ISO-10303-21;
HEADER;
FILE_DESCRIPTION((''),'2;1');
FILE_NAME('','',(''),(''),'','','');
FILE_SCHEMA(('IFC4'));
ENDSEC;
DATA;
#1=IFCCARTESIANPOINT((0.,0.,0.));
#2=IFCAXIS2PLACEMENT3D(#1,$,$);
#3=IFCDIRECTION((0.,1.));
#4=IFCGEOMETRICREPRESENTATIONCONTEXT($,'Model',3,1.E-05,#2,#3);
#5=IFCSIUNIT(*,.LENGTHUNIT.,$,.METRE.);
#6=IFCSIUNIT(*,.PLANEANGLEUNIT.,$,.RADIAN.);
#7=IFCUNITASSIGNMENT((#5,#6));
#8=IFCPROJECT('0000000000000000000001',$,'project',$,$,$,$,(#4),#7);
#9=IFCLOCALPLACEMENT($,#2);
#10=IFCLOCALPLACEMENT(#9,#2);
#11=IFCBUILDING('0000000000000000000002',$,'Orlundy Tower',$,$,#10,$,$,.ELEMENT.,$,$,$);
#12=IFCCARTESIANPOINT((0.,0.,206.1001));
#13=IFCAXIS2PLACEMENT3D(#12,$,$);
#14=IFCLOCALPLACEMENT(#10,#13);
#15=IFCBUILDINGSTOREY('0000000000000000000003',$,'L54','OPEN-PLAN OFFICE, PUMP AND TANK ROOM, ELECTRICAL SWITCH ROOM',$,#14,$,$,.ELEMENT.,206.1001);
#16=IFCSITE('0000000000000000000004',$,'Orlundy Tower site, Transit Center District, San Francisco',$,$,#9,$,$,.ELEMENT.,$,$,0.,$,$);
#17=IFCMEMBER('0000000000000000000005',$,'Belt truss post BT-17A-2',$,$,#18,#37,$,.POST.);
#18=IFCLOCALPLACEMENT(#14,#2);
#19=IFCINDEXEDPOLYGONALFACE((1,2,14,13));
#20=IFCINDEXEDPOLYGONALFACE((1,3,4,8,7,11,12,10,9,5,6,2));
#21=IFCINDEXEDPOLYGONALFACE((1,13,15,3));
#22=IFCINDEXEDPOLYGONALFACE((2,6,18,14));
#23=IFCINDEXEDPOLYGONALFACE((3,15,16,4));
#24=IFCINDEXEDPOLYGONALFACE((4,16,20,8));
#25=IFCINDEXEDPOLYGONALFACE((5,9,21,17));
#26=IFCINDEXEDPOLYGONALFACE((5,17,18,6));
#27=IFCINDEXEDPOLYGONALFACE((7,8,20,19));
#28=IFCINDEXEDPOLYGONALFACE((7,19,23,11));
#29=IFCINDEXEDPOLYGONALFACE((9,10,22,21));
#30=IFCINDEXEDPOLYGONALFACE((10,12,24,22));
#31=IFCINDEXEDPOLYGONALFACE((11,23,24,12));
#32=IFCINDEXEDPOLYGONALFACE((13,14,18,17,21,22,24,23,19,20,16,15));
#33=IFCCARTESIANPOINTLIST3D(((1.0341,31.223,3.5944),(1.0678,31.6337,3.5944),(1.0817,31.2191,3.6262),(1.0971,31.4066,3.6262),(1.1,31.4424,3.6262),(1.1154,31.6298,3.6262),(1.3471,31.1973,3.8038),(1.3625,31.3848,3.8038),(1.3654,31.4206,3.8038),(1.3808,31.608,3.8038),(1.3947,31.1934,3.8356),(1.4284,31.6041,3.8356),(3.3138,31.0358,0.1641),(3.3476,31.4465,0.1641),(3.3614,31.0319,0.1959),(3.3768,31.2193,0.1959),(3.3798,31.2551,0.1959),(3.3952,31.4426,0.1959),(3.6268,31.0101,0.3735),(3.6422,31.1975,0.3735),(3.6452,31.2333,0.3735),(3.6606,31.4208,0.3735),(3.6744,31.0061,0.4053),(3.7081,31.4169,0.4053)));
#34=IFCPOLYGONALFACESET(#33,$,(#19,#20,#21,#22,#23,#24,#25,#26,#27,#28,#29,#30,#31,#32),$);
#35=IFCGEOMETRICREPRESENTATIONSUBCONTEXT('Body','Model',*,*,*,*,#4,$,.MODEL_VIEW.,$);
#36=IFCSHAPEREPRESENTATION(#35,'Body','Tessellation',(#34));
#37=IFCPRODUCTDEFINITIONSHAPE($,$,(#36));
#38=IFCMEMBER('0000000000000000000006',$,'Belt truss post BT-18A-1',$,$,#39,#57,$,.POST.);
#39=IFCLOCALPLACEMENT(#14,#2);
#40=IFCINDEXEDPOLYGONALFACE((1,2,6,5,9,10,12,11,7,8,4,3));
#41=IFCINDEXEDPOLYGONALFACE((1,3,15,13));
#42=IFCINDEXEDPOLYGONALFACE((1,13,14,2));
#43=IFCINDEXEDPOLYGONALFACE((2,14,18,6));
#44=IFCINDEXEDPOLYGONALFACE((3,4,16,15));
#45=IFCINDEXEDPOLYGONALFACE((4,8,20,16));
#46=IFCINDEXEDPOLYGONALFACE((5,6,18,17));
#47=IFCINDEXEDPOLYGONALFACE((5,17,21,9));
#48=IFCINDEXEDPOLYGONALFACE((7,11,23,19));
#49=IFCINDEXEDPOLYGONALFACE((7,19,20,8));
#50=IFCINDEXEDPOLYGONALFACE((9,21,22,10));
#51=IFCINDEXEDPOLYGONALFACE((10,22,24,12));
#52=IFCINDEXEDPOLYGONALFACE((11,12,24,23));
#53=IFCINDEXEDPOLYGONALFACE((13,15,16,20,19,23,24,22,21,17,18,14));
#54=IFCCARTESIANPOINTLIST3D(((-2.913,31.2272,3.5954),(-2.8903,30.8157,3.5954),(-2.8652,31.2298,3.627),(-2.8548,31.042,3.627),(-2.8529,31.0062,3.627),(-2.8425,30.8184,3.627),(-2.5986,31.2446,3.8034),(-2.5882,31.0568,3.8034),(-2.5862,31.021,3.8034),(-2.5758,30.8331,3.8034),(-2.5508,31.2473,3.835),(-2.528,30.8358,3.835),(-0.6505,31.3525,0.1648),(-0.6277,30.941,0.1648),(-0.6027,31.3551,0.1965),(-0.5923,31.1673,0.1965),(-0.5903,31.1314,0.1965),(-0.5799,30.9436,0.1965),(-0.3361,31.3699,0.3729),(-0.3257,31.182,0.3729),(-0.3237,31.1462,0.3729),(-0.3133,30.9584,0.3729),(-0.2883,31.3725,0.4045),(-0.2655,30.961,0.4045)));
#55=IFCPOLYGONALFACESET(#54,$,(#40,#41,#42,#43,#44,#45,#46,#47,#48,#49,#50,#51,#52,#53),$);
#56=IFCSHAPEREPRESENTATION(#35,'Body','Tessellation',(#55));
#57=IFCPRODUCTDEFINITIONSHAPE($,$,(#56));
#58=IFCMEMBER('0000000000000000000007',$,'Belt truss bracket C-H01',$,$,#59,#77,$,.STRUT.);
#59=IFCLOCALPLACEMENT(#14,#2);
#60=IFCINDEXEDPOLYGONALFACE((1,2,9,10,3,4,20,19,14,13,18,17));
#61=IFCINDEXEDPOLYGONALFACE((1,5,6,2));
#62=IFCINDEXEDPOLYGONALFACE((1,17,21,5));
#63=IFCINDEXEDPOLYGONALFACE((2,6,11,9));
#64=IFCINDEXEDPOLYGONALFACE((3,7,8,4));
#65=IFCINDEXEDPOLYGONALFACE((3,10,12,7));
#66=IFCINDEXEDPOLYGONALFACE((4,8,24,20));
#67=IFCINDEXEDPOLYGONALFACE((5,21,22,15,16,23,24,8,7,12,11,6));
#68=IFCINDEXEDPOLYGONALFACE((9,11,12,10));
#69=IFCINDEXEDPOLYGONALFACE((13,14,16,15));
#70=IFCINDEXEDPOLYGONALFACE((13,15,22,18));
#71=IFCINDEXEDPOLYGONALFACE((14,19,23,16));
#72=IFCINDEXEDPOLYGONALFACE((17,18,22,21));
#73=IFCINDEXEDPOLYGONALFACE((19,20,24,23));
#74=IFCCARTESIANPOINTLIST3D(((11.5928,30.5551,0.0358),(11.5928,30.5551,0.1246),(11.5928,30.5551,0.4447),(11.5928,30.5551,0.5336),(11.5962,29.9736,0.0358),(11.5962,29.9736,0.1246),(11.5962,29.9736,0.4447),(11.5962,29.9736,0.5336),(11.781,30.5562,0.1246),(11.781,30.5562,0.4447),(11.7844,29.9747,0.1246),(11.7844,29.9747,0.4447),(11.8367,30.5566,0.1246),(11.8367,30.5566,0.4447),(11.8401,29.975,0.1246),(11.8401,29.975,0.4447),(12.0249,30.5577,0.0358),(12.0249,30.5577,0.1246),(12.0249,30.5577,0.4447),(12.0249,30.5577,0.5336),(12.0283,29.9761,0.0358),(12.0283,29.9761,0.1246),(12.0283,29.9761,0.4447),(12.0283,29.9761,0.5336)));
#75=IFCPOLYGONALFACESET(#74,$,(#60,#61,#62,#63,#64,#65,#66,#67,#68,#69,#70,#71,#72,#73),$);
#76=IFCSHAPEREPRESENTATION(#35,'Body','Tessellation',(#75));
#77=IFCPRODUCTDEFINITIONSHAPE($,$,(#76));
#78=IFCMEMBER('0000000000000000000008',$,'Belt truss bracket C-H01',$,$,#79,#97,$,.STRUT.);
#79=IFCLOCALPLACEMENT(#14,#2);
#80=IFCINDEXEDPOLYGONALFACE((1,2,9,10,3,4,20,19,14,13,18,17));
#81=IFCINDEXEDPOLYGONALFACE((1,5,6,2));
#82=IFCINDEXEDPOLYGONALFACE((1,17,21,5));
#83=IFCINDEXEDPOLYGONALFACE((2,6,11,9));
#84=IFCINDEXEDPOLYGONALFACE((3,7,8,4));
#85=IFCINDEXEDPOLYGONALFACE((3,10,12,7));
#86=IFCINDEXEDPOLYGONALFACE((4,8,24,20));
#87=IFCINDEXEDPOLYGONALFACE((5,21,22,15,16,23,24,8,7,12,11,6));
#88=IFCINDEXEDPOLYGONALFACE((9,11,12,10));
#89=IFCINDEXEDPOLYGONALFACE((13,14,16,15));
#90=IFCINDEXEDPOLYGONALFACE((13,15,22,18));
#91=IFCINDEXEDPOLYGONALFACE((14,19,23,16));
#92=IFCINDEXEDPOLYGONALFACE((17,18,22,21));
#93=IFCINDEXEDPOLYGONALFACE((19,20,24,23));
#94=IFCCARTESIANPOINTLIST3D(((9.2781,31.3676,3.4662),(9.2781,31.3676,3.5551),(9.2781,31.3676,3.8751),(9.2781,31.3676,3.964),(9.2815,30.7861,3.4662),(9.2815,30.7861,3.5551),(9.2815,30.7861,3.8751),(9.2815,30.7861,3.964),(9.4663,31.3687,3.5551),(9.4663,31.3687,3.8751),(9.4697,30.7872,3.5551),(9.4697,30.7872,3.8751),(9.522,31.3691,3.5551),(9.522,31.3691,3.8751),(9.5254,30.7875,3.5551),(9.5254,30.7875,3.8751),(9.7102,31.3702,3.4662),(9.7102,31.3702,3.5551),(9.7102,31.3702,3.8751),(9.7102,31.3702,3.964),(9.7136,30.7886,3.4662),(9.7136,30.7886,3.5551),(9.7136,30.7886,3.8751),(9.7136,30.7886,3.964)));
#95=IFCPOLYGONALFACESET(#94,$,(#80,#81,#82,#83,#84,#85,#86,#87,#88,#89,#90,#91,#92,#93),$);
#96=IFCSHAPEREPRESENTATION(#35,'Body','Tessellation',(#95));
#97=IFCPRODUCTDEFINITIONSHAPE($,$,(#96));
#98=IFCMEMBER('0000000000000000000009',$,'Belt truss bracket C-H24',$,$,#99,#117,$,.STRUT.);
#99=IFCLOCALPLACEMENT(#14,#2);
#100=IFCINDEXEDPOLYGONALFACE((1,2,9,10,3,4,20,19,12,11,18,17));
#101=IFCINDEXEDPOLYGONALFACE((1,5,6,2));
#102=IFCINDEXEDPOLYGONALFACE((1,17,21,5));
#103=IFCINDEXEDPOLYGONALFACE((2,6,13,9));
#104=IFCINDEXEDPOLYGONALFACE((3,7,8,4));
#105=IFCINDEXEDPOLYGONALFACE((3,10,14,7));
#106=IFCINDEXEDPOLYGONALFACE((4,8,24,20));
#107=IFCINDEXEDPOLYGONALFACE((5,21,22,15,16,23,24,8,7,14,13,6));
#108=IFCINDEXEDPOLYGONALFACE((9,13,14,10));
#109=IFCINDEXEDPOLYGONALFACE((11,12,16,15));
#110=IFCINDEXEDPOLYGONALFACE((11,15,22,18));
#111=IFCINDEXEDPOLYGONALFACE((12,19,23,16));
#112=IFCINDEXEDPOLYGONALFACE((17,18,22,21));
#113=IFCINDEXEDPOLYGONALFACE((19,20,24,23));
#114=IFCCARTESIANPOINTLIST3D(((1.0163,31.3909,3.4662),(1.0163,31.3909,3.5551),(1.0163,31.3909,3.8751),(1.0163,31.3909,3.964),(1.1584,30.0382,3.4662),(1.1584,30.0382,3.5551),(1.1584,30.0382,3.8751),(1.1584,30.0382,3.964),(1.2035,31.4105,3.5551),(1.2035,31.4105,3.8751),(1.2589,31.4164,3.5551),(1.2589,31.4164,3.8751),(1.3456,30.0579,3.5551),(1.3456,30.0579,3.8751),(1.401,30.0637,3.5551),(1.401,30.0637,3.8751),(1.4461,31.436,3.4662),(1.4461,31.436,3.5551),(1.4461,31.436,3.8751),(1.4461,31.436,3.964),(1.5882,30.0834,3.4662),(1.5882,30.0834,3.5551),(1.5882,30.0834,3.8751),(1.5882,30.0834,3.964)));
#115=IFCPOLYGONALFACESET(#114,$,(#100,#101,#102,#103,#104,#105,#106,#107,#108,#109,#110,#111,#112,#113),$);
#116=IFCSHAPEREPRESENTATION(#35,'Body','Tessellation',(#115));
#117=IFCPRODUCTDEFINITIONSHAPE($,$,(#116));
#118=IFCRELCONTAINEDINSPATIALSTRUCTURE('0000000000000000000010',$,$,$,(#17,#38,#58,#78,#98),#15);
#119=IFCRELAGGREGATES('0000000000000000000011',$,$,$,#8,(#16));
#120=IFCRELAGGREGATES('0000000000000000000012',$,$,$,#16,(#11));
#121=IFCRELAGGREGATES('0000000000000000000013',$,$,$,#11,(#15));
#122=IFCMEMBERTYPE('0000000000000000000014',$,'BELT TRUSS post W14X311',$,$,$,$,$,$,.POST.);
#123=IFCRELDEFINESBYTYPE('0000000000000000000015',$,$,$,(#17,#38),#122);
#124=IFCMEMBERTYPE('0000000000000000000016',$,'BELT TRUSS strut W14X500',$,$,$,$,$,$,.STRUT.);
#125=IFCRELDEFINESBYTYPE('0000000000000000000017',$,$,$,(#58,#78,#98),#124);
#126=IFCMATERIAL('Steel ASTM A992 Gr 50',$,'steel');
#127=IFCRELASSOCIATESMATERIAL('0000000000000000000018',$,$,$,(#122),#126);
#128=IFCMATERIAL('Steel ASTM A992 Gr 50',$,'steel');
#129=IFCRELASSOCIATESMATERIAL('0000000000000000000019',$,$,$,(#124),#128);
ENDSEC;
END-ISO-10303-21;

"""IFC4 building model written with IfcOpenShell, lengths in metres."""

from ifc_helpers import new_model, si_unit, direction, frame, origin, origin_2d, place, context, subcontext, project, spatial, i_section, extrude, material, material_profile, profile_set, type_object, element, save


model = new_model("IFC4")

# Units and contexts
model_context = context("Model", 3, precision=1e-05, world=origin(), true_north=direction((0.0, 1.0)))
body_context = subcontext(model_context, "Body", "Model", "MODEL_VIEW")
ifc_project = project(units=[si_unit("LENGTHUNIT", "METRE"), si_unit("PLANEANGLEUNIT", "RADIAN")], contexts=[model_context])

# Site, building, storey
site_placement = place(None, origin())
site = spatial("IfcSite", under=ifc_project, at=site_placement, Name="Orlundy Tower site, Transit Center District, San Francisco", CompositionType="ELEMENT", RefElevation=0.0)
building_placement = place(site_placement, origin())
building = spatial("IfcBuilding", under=site, at=building_placement, Name="Orlundy Tower", CompositionType="ELEMENT")
storey_placement = place(building_placement, frame((0.0, 0.0, 206.1001)))
storey = spatial("IfcBuildingStorey", under=building, at=storey_placement, Name="L54", Description="OPEN-PLAN OFFICE, PUMP AND TANK ROOM, ELECTRICAL SWITCH ROOM", CompositionType="ELEMENT", Elevation=206.1001)

# Members
ifc_material_1 = material(Name="Steel ASTM A992 Gr 50", Category="steel")
ifc_material_profile_1 = material_profile(ifc_material_1, i_section(OverallWidth=0.4121, OverallDepth=0.4348, WebThickness=0.0359, FlangeThickness=0.0574, at=origin_2d()), Name="W14X311")
ifc_profile_set_1 = profile_set([ifc_material_profile_1], Name="Steel ASTM A992 Gr 50")
member_type_1 = type_object("IfcMemberType", Name="BELT TRUSS post W14X311", PredefinedType="POST", material=ifc_profile_set_1)
member_1_placement = place(storey_placement, frame((3.511, 31.2263, 0.2847), z_axis=(-0.552925, 0.045416, 0.831993), x_axis=(-0.081862, -0.996644, 0.0)))
element("IfcMember", 1, at=member_1_placement, inside=storey, type_object=member_type_1, Name="Belt truss post BT-17A-2", PredefinedType="POST", context=body_context, shape_type="SweptSolid", body=[
    extrude(i_section(OverallWidth=0.4121, OverallDepth=0.4348, WebThickness=0.0359, FlangeThickness=0.0574, at=origin_2d()), origin(), (0.0, 0.0, 1.0), 4.123),
])
member_2_placement = place(storey_placement, frame((-0.458, 31.1567, 0.2847), z_axis=(-0.550311, -0.030464, 0.834404), x_axis=(0.055273, -0.998471, 0.0)))
element("IfcMember", 2, at=member_2_placement, inside=storey, type_object=member_type_1, Name="Belt truss post BT-18A-1", PredefinedType="POST", context=body_context, shape_type="SweptSolid", body=[
    extrude(i_section(OverallWidth=0.4121, OverallDepth=0.4348, WebThickness=0.0359, FlangeThickness=0.0574, at=origin_2d()), origin(), (0.0, 0.0, 1.0), 4.1113),
])
ifc_material_2 = material(Name="Steel ASTM A992 Gr 50", Category="steel")
ifc_material_profile_2 = material_profile(ifc_material_2, i_section(OverallWidth=0.4321, OverallDepth=0.4978, WebThickness=0.0557, FlangeThickness=0.0889, at=origin_2d()), Name="W14X500")
ifc_profile_set_2 = profile_set([ifc_material_profile_2], Name="Steel ASTM A992 Gr 50")
member_type_2 = type_object("IfcMemberType", Name="BELT TRUSS strut W14X500", PredefinedType="STRUT", material=ifc_profile_set_2)
for number, where, z_axis, x_axis, name in (
    (3, (11.8123, 29.9749, 0.2847), (-0.005877, 0.999983, 0.0), (-0.999983, -0.005877, 0.0), "Belt truss bracket C-H01"),
    (4, (9.4976, 30.7874, 3.7151), (-0.005877, 0.999983, 0.0), (-0.999983, -0.005877, 0.0), "Belt truss bracket C-H01"),
):
    element("IfcMember", number, at=place(storey_placement, frame(where, z_axis=z_axis, x_axis=x_axis)), inside=storey, type_object=member_type_2, Name=name, PredefinedType="STRUT", context=body_context, shape_type="SweptSolid", body=[
        extrude(i_section(OverallWidth=0.4321, OverallDepth=0.4978, WebThickness=0.0557, FlangeThickness=0.0889, at=origin_2d()), origin(), (0.0, 0.0, 1.0), 0.5815),
    ])
member_3_placement = place(storey_placement, frame((1.3733, 30.0608, 3.7151), z_axis=(-0.104461, 0.994529, 0.0), x_axis=(-0.994529, -0.104461, 0.0)))
element("IfcMember", 5, at=member_3_placement, inside=storey, type_object=member_type_2, Name="Belt truss bracket C-H24", PredefinedType="STRUT", context=body_context, shape_type="SweptSolid", body=[
    extrude(i_section(OverallWidth=0.4321, OverallDepth=0.4978, WebThickness=0.0557, FlangeThickness=0.0889, at=origin_2d()), origin(), (0.0, 0.0, 1.0), 1.3601),
])

save(model, "model.ifc")
